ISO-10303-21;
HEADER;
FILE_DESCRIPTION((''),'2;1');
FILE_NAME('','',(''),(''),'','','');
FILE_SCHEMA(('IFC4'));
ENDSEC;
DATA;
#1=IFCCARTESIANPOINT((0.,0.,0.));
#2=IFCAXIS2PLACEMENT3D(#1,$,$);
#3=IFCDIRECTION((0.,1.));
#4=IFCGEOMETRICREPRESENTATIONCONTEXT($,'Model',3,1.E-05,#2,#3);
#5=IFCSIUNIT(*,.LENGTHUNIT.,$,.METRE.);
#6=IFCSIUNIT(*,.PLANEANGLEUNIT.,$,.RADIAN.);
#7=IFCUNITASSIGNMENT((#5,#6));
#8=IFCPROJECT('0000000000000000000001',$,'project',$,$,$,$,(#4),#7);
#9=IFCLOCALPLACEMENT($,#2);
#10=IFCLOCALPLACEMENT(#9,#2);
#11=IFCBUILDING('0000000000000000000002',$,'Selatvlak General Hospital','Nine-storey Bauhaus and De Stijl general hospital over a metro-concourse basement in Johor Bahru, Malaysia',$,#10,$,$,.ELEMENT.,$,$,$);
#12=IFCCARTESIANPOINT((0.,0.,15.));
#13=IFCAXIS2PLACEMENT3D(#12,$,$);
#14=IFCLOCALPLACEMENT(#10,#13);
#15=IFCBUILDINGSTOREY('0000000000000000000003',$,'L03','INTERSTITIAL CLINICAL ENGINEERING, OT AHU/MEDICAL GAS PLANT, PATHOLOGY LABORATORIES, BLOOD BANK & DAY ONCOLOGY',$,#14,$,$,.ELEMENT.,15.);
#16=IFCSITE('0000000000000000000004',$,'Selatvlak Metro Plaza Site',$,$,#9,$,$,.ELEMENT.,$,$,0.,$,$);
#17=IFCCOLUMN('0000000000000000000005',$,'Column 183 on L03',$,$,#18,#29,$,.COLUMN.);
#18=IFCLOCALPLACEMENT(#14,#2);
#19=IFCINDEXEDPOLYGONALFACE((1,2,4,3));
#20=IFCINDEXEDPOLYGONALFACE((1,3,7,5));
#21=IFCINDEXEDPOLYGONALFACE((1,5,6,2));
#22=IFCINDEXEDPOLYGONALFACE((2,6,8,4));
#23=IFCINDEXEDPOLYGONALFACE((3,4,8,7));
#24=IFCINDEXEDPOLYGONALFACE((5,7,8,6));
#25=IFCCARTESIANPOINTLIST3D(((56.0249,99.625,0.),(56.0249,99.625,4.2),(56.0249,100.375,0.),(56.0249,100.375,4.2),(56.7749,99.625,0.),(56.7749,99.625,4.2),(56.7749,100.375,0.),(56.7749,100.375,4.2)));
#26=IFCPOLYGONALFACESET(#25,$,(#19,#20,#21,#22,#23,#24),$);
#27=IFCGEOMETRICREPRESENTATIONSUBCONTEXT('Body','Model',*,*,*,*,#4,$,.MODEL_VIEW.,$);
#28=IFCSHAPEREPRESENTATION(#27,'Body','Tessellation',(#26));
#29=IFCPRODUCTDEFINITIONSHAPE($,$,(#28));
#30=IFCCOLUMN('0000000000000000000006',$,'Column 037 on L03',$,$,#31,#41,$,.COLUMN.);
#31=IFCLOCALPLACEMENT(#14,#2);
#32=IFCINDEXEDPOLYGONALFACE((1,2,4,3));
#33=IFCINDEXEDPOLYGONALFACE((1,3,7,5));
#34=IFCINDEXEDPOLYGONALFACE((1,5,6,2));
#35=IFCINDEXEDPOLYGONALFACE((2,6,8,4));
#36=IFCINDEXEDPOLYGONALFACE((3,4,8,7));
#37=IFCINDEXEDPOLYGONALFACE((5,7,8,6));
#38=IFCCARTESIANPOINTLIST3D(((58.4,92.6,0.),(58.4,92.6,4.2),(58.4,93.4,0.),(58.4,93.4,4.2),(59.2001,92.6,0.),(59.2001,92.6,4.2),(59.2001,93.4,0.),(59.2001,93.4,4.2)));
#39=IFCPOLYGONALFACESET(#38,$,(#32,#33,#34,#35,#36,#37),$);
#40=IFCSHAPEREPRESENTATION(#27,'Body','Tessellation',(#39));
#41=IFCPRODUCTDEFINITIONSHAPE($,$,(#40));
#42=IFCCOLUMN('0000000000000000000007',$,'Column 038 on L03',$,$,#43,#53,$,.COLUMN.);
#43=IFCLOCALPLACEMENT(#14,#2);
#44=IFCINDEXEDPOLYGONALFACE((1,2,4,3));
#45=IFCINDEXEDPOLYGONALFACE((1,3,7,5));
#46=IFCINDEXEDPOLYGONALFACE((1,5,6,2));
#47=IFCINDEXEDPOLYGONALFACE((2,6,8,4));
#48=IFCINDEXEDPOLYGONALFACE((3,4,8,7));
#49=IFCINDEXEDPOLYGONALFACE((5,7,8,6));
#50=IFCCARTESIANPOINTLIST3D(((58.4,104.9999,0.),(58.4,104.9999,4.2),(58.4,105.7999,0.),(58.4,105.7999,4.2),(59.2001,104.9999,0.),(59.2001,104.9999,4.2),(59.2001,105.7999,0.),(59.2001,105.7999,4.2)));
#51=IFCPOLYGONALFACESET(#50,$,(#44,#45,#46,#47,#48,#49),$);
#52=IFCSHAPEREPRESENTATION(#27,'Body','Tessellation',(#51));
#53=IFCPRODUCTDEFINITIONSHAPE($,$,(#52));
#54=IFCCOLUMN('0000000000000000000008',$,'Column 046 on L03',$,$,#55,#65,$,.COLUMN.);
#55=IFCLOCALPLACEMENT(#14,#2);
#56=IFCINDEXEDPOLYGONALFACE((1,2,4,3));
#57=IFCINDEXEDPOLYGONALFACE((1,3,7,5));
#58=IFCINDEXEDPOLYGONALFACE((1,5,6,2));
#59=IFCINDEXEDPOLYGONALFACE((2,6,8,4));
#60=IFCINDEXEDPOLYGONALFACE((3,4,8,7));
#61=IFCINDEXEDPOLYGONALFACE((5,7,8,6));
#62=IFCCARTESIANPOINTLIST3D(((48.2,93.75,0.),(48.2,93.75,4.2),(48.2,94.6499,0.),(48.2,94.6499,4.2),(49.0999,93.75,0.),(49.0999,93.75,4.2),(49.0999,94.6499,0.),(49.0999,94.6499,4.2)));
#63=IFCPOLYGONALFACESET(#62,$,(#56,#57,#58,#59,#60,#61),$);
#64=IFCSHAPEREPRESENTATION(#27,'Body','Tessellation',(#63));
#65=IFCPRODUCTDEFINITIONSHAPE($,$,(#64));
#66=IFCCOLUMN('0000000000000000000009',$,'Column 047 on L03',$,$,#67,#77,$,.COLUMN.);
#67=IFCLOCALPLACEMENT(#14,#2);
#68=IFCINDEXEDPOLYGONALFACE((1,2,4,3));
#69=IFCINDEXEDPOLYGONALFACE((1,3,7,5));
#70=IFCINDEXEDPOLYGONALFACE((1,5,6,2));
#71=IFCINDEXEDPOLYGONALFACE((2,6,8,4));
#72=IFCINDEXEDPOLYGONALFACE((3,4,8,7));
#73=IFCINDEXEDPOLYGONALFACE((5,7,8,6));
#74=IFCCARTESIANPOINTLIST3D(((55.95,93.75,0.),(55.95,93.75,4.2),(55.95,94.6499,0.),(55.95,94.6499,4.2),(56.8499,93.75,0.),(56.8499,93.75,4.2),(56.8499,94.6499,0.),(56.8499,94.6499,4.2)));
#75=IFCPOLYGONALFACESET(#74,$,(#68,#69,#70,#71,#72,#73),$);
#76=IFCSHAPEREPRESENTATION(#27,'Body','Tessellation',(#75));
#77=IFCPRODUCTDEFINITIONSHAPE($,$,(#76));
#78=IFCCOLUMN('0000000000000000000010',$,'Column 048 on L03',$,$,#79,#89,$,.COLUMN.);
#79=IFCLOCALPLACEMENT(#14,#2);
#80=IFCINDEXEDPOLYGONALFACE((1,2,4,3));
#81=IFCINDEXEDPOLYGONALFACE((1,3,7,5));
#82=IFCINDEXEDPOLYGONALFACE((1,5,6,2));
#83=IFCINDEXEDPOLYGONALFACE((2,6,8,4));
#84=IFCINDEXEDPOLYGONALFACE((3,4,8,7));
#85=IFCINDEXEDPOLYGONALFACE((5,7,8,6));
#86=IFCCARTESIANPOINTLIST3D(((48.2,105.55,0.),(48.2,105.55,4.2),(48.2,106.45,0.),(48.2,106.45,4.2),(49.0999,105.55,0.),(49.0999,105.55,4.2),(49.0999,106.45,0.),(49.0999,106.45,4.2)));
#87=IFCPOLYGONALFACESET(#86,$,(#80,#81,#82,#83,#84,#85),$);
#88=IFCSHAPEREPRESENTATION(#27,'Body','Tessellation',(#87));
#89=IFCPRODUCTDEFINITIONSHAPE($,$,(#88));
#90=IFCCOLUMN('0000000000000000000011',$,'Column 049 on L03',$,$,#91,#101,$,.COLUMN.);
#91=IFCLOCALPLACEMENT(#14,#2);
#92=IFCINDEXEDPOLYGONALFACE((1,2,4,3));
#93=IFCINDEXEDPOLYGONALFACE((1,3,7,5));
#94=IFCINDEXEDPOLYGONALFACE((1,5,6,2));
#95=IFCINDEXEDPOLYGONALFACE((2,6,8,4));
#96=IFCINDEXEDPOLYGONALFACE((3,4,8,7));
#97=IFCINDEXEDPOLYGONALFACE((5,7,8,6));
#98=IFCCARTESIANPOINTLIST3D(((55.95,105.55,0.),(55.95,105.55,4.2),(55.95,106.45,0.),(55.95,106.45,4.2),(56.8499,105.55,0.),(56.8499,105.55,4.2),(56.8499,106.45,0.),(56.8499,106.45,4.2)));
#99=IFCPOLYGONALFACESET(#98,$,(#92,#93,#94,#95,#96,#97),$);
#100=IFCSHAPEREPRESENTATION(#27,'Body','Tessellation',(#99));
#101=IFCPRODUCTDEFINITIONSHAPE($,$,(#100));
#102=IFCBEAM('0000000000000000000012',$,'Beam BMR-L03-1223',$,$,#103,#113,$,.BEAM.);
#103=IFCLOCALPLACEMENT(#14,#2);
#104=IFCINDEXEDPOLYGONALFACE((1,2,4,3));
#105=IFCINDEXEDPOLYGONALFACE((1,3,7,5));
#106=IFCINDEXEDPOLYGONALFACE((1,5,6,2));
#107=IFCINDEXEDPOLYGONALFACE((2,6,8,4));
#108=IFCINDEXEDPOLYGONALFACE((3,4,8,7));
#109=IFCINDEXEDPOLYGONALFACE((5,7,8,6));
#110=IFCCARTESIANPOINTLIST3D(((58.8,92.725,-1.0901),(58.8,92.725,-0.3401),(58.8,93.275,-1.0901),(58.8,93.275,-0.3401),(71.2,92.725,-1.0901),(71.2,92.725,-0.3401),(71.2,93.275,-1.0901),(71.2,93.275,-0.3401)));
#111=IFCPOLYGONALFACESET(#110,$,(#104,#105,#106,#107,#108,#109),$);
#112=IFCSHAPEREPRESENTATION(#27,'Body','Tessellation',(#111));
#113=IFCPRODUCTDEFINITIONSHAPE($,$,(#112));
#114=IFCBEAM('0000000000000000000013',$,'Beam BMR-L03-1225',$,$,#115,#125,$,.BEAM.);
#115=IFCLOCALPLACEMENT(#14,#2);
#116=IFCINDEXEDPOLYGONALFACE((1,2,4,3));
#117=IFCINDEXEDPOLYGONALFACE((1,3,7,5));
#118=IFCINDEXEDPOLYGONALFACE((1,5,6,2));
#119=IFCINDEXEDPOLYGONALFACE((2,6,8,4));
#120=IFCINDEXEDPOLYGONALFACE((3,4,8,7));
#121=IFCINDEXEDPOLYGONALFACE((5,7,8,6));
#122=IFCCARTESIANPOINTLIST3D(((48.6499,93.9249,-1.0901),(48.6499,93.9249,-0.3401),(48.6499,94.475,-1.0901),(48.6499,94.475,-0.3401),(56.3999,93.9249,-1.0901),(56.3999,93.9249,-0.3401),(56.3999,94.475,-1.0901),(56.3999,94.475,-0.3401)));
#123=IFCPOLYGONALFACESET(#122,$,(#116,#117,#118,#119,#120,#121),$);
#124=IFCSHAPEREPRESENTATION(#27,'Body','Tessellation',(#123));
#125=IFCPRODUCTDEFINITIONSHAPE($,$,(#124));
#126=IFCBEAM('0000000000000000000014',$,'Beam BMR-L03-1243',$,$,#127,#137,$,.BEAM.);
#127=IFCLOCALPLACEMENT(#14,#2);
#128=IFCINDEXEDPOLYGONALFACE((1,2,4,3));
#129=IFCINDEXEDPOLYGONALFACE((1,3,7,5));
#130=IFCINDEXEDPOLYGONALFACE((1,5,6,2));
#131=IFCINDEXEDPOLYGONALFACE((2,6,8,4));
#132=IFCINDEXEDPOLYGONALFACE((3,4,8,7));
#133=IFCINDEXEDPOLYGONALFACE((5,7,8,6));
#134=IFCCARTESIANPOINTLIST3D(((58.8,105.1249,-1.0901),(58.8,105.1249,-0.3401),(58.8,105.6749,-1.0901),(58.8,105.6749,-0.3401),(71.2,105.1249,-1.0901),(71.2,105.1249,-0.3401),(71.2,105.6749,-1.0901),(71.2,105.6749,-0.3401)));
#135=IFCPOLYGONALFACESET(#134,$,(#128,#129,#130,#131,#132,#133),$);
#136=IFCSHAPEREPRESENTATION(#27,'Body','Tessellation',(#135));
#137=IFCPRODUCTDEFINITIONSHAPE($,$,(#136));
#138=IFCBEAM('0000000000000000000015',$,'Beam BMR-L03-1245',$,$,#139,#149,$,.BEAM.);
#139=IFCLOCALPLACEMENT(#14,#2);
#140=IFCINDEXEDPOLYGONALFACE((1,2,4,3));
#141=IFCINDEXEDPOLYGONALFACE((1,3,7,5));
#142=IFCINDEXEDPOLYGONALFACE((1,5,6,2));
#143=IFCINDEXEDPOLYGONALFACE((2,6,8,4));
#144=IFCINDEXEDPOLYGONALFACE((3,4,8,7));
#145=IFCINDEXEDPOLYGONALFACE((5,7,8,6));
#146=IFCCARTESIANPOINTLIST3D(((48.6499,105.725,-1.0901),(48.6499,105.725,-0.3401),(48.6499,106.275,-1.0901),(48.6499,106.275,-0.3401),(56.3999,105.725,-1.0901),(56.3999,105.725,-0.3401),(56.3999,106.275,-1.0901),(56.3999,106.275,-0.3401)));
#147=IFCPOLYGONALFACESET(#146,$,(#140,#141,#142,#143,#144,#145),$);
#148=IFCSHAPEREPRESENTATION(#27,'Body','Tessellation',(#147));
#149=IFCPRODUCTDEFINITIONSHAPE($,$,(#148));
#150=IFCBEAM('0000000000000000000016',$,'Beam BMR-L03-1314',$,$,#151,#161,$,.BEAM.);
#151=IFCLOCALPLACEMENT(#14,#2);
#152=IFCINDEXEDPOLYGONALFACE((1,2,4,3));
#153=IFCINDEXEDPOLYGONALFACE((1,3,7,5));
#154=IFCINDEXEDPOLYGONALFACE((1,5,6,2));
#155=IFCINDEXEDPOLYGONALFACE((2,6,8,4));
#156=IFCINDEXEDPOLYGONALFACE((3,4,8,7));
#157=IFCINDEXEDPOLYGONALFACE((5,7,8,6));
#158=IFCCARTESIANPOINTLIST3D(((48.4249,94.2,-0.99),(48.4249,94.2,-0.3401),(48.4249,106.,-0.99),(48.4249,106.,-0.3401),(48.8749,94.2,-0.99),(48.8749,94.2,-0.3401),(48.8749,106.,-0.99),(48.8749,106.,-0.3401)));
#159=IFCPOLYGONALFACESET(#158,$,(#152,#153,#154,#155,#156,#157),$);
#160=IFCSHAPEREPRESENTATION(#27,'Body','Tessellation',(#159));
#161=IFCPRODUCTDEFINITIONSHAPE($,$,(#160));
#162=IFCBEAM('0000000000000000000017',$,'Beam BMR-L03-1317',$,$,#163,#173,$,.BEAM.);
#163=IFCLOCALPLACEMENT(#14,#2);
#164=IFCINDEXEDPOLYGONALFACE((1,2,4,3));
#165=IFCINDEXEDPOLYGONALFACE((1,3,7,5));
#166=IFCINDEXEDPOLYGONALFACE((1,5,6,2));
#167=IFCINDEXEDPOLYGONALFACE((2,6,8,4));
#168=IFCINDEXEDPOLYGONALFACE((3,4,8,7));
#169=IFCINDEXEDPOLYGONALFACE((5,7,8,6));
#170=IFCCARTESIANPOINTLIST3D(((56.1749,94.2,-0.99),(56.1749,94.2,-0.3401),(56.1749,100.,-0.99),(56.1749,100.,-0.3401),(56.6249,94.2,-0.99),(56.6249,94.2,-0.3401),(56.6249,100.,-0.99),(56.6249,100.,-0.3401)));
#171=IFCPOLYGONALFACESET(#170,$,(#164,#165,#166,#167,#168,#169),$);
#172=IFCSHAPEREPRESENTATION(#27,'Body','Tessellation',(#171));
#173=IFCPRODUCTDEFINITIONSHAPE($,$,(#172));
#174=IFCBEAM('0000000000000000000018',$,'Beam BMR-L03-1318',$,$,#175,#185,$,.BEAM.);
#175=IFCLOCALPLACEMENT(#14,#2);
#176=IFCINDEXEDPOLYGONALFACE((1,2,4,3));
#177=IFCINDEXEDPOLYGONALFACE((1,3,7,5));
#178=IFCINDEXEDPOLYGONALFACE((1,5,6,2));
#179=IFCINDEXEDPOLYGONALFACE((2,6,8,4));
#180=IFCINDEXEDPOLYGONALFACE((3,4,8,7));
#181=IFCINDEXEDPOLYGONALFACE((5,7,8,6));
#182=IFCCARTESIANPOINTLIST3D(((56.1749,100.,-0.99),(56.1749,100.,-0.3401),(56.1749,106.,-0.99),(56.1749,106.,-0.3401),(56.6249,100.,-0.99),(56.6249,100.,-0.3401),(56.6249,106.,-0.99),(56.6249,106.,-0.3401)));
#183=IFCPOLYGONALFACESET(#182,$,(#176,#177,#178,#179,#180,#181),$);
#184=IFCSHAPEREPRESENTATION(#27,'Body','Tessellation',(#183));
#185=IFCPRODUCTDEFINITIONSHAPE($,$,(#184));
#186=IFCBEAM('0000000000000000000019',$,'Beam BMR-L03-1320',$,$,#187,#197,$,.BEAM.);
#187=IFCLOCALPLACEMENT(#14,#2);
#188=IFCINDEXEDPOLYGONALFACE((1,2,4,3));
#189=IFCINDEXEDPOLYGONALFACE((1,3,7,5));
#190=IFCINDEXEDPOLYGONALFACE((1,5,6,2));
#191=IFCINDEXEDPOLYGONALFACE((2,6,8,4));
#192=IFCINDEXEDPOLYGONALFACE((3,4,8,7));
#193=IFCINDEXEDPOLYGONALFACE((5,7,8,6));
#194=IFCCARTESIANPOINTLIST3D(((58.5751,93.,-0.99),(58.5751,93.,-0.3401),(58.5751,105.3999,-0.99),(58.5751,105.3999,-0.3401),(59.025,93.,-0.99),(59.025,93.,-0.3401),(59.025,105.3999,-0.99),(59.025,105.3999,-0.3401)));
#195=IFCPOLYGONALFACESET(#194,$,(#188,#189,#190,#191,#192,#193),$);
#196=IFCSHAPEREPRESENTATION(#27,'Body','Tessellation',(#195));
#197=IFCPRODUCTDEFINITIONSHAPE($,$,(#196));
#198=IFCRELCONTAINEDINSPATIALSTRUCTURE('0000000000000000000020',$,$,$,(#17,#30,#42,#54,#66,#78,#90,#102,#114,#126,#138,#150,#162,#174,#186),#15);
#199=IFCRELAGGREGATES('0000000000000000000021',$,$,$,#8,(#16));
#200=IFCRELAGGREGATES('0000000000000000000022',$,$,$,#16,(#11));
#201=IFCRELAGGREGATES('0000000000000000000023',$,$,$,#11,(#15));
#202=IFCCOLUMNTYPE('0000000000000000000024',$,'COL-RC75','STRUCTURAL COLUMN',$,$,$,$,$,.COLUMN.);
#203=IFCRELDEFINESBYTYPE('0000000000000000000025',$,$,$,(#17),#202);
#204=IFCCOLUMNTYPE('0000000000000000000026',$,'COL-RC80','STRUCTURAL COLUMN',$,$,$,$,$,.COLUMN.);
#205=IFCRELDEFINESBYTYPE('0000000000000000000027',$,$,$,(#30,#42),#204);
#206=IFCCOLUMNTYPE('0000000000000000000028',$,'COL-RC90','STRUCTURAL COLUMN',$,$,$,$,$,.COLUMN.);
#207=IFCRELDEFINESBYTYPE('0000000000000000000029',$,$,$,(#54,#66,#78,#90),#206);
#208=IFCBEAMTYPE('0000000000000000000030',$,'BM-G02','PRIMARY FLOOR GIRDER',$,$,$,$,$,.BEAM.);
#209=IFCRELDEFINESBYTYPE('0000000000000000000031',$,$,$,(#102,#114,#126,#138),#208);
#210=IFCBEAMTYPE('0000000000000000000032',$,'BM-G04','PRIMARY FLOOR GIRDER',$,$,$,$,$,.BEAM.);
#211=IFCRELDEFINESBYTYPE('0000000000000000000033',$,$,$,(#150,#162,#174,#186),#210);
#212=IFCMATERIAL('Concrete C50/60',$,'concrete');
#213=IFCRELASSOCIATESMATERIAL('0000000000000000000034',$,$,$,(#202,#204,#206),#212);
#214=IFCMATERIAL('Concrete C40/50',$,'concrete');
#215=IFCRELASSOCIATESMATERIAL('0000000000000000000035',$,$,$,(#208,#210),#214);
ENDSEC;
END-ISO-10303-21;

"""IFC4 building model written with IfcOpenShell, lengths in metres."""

from ifc_helpers import new_model, si_unit, direction, frame, origin, origin_2d, place, context, subcontext, project, spatial, rectangle, extrude, material, material_profile, profile_set, type_object, element, save


model = new_model("IFC4")

# Units and contexts
model_context = context("Model", 3, precision=1e-05, world=origin(), true_north=direction((0.0, 1.0)))
body_context = subcontext(model_context, "Body", "Model", "MODEL_VIEW")
ifc_project = project(units=[si_unit("LENGTHUNIT", "METRE"), si_unit("PLANEANGLEUNIT", "RADIAN")], contexts=[model_context])

# Site, building, storey
site_placement = place(None, origin())
site = spatial("IfcSite", under=ifc_project, at=site_placement, Name="Selatvlak Metro Plaza Site", CompositionType="ELEMENT", RefElevation=0.0)
building_placement = place(site_placement, origin())
building = spatial("IfcBuilding", under=site, at=building_placement, Name="Selatvlak General Hospital", Description="Nine-storey Bauhaus and De Stijl general hospital over a metro-concourse basement in Johor Bahru, Malaysia", CompositionType="ELEMENT")
storey_placement = place(building_placement, frame((0.0, 0.0, 15.0)))
storey = spatial("IfcBuildingStorey", under=building, at=storey_placement, Name="L03", Description="INTERSTITIAL CLINICAL ENGINEERING, OT AHU/MEDICAL GAS PLANT, PATHOLOGY LABORATORIES, BLOOD BANK & DAY ONCOLOGY", CompositionType="ELEMENT", Elevation=15.0)

# Columns
ifc_material_1 = material(Name="Concrete C50/60", Category="concrete")
ifc_material_profile_1 = material_profile(ifc_material_1, rectangle(XDim=0.75, YDim=0.75, at=origin_2d()), Name="RC-COL 750x750")
ifc_profile_set_1 = profile_set([ifc_material_profile_1], Name="Concrete C50/60")
column_type_1 = type_object("IfcColumnType", Name="COL-RC75", Description="STRUCTURAL COLUMN", PredefinedType="COLUMN", material=ifc_profile_set_1)
column_placement = place(storey_placement, frame((56.3999, 100.0, 0.0), z_axis=(0.0, 0.0, 1.0), x_axis=(1.0, 0.0, 0.0)))
element("IfcColumn", 1, at=column_placement, inside=storey, type_object=column_type_1, Name="Column 183 on L03", PredefinedType="COLUMN", context=body_context, shape_type="SweptSolid", body=[
    extrude(rectangle(XDim=0.75, YDim=0.75, at=origin_2d()), origin(), (0.0, 0.0, 1.0), 4.2),
])
ifc_material_profile_2 = material_profile(ifc_material_1, rectangle(XDim=0.8, YDim=0.8, at=origin_2d()), Name="RC-COL 800x800")
ifc_profile_set_2 = profile_set([ifc_material_profile_2], Name="Concrete C50/60")
column_type_2 = type_object("IfcColumnType", Name="COL-RC80", Description="STRUCTURAL COLUMN", PredefinedType="COLUMN", material=ifc_profile_set_2)
for number, where, z_axis, x_axis, name in (
    (2, (58.8, 93.0, 0.0), (0.0, 0.0, 1.0), (1.0, 0.0, 0.0), "Column 037 on L03"),
    (3, (58.8, 105.3999, 0.0), (0.0, 0.0, 1.0), (1.0, 0.0, 0.0), "Column 038 on L03"),
):
    element("IfcColumn", number, at=place(storey_placement, frame(where, z_axis=z_axis, x_axis=x_axis)), inside=storey, type_object=column_type_2, Name=name, PredefinedType="COLUMN", context=body_context, shape_type="SweptSolid", body=[
        extrude(rectangle(XDim=0.8, YDim=0.8, at=origin_2d()), origin(), (0.0, 0.0, 1.0), 4.2),
    ])
ifc_material_profile_3 = material_profile(ifc_material_1, rectangle(XDim=0.8999, YDim=0.8999, at=origin_2d()), Name="RC-COL 900x900")
ifc_profile_set_3 = profile_set([ifc_material_profile_3], Name="Concrete C50/60")
column_type_3 = type_object("IfcColumnType", Name="COL-RC90", Description="STRUCTURAL COLUMN", PredefinedType="COLUMN", material=ifc_profile_set_3)
for number, where, z_axis, x_axis, name in (
    (4, (48.6499, 94.2, 0.0), (0.0, 0.0, 1.0), (1.0, 0.0, 0.0), "Column 046 on L03"),
    (5, (56.3999, 94.2, 0.0), (0.0, 0.0, 1.0), (1.0, 0.0, 0.0), "Column 047 on L03"),
    (6, (48.6499, 106.0, 0.0), (0.0, 0.0, 1.0), (1.0, 0.0, 0.0), "Column 048 on L03"),
    (7, (56.3999, 106.0, 0.0), (0.0, 0.0, 1.0), (1.0, 0.0, 0.0), "Column 049 on L03"),
):
    element("IfcColumn", number, at=place(storey_placement, frame(where, z_axis=z_axis, x_axis=x_axis)), inside=storey, type_object=column_type_3, Name=name, PredefinedType="COLUMN", context=body_context, shape_type="SweptSolid", body=[
        extrude(rectangle(XDim=0.8999, YDim=0.8999, at=origin_2d()), origin(), (0.0, 0.0, 1.0), 4.2),
    ])

# Beams
ifc_material_2 = material(Name="Concrete C40/50", Category="concrete")
ifc_material_profile_4 = material_profile(ifc_material_2, rectangle(XDim=0.55, YDim=0.75, at=origin_2d()), Name="RC-BM 550x750")
ifc_profile_set_4 = profile_set([ifc_material_profile_4], Name="Concrete C40/50")
beam_type_1 = type_object("IfcBeamType", Name="BM-G02", Description="PRIMARY FLOOR GIRDER", PredefinedType="BEAM", material=ifc_profile_set_4)
beam_1_placement = place(storey_placement, frame((58.8, 93.0, -0.7151), z_axis=(1.0, 0.0, 0.0), x_axis=(0.0, 1.0, 0.0)))
element("IfcBeam", 8, at=beam_1_placement, inside=storey, type_object=beam_type_1, Name="Beam BMR-L03-1223", PredefinedType="BEAM", context=body_context, shape_type="SweptSolid", body=[
    extrude(rectangle(XDim=0.55, YDim=0.75, at=origin_2d()), origin(), (0.0, 0.0, 1.0), 12.3999),
])
beam_2_placement = place(storey_placement, frame((48.6499, 94.2, -0.7151), z_axis=(1.0, 0.0, 0.0), x_axis=(0.0, 1.0, 0.0)))
element("IfcBeam", 9, at=beam_2_placement, inside=storey, type_object=beam_type_1, Name="Beam BMR-L03-1225", PredefinedType="BEAM", context=body_context, shape_type="SweptSolid", body=[
    extrude(rectangle(XDim=0.55, YDim=0.75, at=origin_2d()), origin(), (0.0, 0.0, 1.0), 7.75),
])
beam_3_placement = place(storey_placement, frame((58.8, 105.3999, -0.7151), z_axis=(1.0, 0.0, 0.0), x_axis=(0.0, 1.0, 0.0)))
element("IfcBeam", 10, at=beam_3_placement, inside=storey, type_object=beam_type_1, Name="Beam BMR-L03-1243", PredefinedType="BEAM", context=body_context, shape_type="SweptSolid", body=[
    extrude(rectangle(XDim=0.55, YDim=0.75, at=origin_2d()), origin(), (0.0, 0.0, 1.0), 12.3999),
])
beam_4_placement = place(storey_placement, frame((48.6499, 106.0, -0.7151), z_axis=(1.0, 0.0, 0.0), x_axis=(0.0, 1.0, 0.0)))
element("IfcBeam", 11, at=beam_4_placement, inside=storey, type_object=beam_type_1, Name="Beam BMR-L03-1245", PredefinedType="BEAM", context=body_context, shape_type="SweptSolid", body=[
    extrude(rectangle(XDim=0.55, YDim=0.75, at=origin_2d()), origin(), (0.0, 0.0, 1.0), 7.75),
])
ifc_material_profile_5 = material_profile(ifc_material_2, rectangle(XDim=0.45, YDim=0.6499, at=origin_2d()), Name="RC-BM 450x650")
ifc_profile_set_5 = profile_set([ifc_material_profile_5], Name="Concrete C40/50")
beam_type_2 = type_object("IfcBeamType", Name="BM-G04", Description="PRIMARY FLOOR GIRDER", PredefinedType="BEAM", material=ifc_profile_set_5)
beam_5_placement = place(storey_placement, frame((48.6499, 94.2, -0.665), z_axis=(0.0, 1.0, 0.0), x_axis=(-1.0, 0.0, 0.0)))
element("IfcBeam", 12, at=beam_5_placement, inside=storey, type_object=beam_type_2, Name="Beam BMR-L03-1314", PredefinedType="BEAM", context=body_context, shape_type="SweptSolid", body=[
    extrude(rectangle(XDim=0.45, YDim=0.6499, at=origin_2d()), origin(), (0.0, 0.0, 1.0), 11.8),
])
beam_6_placement = place(storey_placement, frame((56.3999, 94.2, -0.665), z_axis=(0.0, 1.0, 0.0), x_axis=(-1.0, 0.0, 0.0)))
element("IfcBeam", 13, at=beam_6_placement, inside=storey, type_object=beam_type_2, Name="Beam BMR-L03-1317", PredefinedType="BEAM", context=body_context, shape_type="SweptSolid", body=[
    extrude(rectangle(XDim=0.45, YDim=0.6499, at=origin_2d()), origin(), (0.0, 0.0, 1.0), 5.8),
])
beam_7_placement = place(storey_placement, frame((56.3999, 100.0, -0.665), z_axis=(0.0, 1.0, 0.0), x_axis=(-1.0, 0.0, 0.0)))
element("IfcBeam", 14, at=beam_7_placement, inside=storey, type_object=beam_type_2, Name="Beam BMR-L03-1318", PredefinedType="BEAM", context=body_context, shape_type="SweptSolid", body=[
    extrude(rectangle(XDim=0.45, YDim=0.6499, at=origin_2d()), origin(), (0.0, 0.0, 1.0), 6.0),
])
beam_8_placement = place(storey_placement, frame((58.8, 93.0, -0.665), z_axis=(0.0, 1.0, 0.0), x_axis=(-1.0, 0.0, 0.0)))
element("IfcBeam", 15, at=beam_8_placement, inside=storey, type_object=beam_type_2, Name="Beam BMR-L03-1320", PredefinedType="BEAM", context=body_context, shape_type="SweptSolid", body=[
    extrude(rectangle(XDim=0.45, YDim=0.6499, at=origin_2d()), origin(), (0.0, 0.0, 1.0), 12.3999),
])

save(model, "model.ifc")
